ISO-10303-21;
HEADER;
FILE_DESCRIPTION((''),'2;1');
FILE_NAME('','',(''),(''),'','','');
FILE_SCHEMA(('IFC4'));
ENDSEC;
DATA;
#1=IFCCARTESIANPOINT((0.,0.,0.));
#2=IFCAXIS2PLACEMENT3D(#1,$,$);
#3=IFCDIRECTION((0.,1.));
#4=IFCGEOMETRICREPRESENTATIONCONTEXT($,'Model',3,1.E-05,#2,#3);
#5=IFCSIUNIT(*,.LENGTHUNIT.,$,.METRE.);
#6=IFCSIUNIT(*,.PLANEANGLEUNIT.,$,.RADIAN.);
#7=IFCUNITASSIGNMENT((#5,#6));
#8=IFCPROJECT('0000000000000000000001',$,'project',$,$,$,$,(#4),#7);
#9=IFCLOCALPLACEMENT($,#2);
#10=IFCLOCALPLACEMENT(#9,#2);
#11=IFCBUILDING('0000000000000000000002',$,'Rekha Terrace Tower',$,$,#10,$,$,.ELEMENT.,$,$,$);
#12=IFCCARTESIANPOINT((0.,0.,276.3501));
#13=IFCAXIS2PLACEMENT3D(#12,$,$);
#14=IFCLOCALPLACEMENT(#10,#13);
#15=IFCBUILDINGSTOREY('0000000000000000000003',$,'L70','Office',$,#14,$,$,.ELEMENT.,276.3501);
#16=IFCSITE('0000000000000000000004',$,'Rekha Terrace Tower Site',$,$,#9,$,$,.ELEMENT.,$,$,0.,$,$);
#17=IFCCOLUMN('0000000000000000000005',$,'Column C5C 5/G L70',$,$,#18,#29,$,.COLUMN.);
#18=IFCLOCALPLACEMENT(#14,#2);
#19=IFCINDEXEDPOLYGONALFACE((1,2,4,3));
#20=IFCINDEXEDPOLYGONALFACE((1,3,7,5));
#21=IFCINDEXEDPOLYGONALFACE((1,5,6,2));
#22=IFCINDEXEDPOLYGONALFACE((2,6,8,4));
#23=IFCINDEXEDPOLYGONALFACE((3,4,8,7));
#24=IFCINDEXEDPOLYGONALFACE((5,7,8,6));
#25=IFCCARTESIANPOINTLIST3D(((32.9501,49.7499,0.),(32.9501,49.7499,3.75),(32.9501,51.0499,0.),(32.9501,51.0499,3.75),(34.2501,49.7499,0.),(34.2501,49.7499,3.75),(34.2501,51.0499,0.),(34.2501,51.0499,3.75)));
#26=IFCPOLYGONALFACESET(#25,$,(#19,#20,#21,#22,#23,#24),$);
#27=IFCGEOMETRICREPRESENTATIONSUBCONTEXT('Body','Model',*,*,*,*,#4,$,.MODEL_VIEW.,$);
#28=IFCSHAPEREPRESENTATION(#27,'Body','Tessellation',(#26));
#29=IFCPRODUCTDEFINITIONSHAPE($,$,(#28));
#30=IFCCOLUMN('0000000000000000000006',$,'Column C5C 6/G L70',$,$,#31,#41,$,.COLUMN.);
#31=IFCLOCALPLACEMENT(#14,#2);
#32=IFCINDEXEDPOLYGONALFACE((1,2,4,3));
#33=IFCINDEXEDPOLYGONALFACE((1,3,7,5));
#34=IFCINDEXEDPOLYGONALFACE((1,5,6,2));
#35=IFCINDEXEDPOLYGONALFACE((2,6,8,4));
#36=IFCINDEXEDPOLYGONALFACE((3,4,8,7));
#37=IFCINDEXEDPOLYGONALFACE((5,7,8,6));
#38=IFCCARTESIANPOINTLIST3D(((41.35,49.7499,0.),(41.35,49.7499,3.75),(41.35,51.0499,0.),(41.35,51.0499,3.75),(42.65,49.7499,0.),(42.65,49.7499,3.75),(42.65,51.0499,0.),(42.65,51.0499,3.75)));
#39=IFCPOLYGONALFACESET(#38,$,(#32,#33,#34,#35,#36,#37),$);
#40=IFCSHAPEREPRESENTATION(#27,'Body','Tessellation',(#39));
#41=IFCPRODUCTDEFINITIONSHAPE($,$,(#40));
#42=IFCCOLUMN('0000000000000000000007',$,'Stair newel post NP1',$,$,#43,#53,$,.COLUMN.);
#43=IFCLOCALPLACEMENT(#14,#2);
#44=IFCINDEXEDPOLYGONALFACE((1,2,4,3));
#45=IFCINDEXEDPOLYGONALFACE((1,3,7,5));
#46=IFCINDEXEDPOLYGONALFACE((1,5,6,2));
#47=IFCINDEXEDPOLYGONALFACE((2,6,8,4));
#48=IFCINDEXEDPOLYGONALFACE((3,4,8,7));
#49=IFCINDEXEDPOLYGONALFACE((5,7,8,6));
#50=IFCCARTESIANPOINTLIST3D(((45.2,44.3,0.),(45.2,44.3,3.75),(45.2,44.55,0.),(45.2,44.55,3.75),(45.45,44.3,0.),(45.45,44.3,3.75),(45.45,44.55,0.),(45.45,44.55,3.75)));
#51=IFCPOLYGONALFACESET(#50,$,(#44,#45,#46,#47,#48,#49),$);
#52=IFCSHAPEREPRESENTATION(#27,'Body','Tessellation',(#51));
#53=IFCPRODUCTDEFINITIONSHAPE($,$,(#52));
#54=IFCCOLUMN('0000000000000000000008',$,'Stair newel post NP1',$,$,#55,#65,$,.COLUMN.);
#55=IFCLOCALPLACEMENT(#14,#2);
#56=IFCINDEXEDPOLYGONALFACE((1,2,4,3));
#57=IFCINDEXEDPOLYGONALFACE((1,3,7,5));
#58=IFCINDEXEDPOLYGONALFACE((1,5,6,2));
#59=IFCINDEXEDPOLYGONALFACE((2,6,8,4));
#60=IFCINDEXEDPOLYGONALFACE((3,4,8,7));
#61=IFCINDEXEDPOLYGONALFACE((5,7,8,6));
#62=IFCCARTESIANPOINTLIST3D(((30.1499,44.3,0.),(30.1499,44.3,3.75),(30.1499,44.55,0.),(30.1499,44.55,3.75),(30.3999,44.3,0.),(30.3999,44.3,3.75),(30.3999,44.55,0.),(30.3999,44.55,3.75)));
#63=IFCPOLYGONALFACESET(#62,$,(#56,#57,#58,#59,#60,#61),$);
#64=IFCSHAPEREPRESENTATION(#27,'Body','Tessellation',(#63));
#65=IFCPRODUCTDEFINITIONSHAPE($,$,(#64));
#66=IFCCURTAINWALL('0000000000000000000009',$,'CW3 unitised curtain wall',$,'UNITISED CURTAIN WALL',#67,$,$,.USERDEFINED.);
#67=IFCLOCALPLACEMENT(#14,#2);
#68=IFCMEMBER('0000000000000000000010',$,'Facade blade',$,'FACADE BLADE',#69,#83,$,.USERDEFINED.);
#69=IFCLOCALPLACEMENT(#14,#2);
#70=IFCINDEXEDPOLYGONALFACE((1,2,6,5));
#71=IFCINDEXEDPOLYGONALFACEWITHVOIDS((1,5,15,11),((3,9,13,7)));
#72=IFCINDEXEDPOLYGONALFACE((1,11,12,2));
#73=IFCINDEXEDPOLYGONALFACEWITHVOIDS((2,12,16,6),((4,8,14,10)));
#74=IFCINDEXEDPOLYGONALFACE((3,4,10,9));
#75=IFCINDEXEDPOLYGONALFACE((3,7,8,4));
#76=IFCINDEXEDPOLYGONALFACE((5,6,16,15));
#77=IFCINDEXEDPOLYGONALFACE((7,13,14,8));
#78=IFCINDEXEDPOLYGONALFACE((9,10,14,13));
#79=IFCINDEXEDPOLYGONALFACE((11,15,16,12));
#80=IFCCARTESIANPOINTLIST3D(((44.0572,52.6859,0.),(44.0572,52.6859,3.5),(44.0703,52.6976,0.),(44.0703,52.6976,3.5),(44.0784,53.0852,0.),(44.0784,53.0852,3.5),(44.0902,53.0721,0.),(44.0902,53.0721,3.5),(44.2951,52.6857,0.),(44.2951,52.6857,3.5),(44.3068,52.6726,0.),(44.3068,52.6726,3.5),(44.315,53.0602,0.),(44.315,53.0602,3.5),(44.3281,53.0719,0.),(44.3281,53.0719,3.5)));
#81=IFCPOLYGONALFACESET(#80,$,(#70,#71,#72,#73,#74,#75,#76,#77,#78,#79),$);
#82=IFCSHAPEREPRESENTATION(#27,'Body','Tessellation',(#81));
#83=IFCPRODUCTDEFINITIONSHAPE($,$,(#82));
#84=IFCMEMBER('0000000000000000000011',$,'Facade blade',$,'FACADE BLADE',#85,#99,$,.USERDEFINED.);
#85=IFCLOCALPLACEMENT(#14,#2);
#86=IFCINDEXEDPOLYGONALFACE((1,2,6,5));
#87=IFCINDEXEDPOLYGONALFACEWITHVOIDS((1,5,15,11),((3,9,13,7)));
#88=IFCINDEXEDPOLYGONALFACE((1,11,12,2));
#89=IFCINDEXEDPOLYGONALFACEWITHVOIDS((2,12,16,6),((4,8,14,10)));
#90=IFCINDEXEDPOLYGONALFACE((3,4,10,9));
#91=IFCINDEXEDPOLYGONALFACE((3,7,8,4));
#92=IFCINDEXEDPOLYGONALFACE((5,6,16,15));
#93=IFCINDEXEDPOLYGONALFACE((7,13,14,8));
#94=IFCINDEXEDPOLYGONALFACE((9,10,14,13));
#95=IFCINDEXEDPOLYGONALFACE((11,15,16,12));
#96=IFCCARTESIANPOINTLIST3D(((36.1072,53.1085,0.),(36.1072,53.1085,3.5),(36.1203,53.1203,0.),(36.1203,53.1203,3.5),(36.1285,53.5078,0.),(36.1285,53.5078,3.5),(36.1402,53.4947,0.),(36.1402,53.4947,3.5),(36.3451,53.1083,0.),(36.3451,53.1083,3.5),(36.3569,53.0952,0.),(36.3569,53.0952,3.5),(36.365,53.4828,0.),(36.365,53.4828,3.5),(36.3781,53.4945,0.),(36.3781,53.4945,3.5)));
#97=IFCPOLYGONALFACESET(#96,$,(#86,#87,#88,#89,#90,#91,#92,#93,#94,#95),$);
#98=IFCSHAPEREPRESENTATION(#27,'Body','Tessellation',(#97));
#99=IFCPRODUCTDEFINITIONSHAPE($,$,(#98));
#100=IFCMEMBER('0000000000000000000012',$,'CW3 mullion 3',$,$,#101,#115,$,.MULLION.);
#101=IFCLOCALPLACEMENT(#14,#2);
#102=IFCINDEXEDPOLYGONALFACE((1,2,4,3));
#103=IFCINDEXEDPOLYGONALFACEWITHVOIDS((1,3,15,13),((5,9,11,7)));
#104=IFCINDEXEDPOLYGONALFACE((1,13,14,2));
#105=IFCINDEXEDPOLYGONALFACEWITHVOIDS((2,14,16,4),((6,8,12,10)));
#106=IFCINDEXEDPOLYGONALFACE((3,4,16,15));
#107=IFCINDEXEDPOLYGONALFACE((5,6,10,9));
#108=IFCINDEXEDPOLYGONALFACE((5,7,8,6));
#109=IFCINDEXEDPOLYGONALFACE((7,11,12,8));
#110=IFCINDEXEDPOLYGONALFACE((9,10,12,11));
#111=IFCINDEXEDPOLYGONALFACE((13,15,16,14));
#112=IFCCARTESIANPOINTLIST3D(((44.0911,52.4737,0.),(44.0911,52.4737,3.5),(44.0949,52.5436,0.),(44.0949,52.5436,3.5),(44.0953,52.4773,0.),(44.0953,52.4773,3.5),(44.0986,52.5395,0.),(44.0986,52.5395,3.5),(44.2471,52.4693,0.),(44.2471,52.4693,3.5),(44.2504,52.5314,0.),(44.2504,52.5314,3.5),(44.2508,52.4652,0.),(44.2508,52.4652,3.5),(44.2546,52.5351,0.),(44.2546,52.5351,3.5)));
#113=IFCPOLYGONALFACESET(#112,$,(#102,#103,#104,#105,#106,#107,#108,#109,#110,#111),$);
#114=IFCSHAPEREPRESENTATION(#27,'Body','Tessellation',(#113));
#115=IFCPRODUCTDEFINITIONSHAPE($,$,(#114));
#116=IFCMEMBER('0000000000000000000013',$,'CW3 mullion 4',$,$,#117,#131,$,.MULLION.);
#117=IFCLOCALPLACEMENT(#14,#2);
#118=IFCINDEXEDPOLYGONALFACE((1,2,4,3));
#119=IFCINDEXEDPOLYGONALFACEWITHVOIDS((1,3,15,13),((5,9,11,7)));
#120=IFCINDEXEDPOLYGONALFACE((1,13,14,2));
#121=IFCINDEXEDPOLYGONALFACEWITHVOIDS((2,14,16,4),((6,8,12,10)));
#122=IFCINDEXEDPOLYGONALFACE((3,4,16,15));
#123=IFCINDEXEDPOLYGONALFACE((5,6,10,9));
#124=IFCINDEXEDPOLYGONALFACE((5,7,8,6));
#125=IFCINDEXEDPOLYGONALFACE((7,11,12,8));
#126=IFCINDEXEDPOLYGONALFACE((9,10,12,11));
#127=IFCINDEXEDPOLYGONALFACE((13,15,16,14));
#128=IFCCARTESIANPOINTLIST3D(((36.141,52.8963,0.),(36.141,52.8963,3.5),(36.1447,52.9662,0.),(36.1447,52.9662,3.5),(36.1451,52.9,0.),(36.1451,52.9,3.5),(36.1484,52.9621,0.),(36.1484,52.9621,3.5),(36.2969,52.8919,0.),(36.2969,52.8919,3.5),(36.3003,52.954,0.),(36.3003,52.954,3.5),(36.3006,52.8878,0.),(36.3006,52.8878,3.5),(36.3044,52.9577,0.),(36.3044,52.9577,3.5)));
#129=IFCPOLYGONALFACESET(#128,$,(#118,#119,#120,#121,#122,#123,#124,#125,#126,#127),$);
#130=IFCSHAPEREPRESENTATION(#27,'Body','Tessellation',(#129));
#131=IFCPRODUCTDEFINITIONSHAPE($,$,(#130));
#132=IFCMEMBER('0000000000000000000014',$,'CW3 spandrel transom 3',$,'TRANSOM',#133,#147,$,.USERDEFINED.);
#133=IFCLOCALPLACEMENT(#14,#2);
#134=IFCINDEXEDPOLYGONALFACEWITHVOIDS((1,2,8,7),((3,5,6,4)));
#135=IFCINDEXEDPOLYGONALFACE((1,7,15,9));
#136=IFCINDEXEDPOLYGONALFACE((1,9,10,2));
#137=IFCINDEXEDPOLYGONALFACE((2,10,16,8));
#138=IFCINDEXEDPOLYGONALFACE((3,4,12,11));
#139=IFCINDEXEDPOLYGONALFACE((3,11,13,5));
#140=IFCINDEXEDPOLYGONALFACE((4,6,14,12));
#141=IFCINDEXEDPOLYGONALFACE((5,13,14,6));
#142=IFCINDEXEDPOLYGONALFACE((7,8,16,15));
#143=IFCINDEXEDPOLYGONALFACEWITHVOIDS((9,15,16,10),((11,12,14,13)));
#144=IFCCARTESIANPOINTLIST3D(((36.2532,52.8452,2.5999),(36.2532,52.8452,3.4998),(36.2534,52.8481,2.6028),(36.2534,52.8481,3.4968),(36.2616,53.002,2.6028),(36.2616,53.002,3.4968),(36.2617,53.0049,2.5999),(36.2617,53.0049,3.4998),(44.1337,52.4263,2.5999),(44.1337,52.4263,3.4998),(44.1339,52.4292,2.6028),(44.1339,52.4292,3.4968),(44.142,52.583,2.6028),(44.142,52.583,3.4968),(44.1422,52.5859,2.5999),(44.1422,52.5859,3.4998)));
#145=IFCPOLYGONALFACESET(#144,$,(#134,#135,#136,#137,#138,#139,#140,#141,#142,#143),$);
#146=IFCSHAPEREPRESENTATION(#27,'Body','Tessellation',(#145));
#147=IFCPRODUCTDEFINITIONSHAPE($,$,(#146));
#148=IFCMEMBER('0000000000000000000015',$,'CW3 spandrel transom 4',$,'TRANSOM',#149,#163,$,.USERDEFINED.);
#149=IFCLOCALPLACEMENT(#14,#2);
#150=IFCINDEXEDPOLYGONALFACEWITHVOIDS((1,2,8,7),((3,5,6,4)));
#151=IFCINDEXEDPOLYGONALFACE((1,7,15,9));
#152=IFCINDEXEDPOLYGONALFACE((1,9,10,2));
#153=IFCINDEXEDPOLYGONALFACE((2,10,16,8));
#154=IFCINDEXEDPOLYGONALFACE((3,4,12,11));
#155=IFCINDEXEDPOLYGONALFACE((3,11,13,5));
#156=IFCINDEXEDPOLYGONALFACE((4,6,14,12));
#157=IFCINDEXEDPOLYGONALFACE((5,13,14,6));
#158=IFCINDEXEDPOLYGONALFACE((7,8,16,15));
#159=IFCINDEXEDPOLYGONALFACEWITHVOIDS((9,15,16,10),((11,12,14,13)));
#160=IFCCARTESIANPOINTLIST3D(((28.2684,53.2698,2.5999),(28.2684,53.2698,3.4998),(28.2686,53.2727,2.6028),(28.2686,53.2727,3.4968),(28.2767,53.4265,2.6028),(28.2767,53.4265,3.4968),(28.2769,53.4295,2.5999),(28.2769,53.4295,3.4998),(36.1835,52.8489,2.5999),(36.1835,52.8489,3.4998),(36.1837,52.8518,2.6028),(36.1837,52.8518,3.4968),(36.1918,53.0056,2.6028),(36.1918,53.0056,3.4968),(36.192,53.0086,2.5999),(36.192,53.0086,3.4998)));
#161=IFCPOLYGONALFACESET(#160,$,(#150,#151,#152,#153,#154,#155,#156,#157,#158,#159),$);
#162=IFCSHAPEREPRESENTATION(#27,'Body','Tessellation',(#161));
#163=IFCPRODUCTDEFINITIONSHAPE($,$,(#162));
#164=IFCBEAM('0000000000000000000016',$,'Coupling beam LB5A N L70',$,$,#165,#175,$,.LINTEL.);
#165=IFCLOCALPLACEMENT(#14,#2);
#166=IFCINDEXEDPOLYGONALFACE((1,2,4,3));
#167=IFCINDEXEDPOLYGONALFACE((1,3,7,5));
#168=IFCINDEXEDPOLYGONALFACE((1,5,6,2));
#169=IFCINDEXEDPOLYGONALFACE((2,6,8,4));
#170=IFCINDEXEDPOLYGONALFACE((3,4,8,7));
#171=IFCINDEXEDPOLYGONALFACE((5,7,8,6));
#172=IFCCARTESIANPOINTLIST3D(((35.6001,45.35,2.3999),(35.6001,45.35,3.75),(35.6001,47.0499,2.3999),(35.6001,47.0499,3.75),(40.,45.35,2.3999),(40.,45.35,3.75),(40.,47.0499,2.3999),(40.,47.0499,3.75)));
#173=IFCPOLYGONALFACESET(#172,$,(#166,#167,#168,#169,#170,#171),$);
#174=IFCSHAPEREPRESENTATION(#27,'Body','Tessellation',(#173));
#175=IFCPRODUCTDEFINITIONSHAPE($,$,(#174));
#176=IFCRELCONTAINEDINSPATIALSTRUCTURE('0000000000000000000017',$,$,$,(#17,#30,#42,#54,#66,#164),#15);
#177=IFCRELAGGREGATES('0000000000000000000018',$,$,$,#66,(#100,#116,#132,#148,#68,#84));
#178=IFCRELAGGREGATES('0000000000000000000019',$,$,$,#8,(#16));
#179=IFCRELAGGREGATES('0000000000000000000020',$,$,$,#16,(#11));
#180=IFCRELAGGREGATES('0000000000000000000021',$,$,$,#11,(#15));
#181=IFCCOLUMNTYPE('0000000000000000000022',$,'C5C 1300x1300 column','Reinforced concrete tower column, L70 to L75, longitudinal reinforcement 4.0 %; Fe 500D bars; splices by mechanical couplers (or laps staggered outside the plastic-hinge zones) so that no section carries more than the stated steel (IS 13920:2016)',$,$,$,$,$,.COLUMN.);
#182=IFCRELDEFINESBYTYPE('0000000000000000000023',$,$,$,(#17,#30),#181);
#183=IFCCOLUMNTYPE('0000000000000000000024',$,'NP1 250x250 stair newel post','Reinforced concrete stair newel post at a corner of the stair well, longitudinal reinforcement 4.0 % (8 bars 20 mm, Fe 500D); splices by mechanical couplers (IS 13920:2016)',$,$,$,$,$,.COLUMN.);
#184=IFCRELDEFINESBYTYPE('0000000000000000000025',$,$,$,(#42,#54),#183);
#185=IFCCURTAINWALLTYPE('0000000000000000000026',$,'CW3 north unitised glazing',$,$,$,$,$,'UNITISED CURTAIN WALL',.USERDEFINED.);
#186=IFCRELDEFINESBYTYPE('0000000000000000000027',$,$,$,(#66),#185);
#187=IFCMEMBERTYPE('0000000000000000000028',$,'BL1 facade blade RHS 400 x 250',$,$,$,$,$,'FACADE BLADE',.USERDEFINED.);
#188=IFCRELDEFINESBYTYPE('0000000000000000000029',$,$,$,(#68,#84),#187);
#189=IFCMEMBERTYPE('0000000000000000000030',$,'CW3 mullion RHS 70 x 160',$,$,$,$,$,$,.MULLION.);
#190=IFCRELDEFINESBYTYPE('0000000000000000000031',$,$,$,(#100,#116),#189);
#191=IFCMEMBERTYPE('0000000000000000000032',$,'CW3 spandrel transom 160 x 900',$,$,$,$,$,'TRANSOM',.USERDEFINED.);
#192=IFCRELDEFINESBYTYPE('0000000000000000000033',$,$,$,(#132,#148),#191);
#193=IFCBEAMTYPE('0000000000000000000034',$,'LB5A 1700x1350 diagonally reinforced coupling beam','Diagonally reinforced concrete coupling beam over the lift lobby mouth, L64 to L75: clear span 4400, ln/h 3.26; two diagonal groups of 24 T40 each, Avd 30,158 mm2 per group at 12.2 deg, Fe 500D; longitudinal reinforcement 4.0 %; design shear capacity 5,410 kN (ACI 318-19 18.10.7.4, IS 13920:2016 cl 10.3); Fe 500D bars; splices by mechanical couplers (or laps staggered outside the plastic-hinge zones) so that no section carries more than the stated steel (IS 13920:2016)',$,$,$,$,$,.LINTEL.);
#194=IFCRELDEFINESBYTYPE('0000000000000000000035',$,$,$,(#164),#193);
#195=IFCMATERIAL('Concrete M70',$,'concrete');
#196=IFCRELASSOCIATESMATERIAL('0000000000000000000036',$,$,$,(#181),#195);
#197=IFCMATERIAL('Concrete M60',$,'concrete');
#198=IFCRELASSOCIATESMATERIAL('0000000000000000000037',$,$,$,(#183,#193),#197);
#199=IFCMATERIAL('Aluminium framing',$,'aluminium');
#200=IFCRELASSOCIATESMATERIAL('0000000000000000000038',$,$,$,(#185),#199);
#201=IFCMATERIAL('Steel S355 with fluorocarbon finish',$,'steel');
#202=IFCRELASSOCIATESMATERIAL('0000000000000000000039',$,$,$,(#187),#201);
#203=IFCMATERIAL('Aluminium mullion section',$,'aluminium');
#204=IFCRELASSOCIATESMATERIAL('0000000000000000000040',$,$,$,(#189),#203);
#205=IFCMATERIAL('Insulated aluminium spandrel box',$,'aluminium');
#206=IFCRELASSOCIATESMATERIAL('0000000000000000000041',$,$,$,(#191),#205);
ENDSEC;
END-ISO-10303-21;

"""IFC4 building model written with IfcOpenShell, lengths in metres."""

from ifc_helpers import new_model, si_unit, direction, frame, origin, origin_2d, place, context, subcontext, project, spatial, rectangle, hollow_rectangle, extrude, material, material_profile, profile_set, type_object, element, aggregate, save


model = new_model("IFC4")

# Units and contexts
model_context = context("Model", 3, precision=1e-05, world=origin(), true_north=direction((0.0, 1.0)))
body_context = subcontext(model_context, "Body", "Model", "MODEL_VIEW")
ifc_project = project(units=[si_unit("LENGTHUNIT", "METRE"), si_unit("PLANEANGLEUNIT", "RADIAN")], contexts=[model_context])

# Site, building, storey
site_placement = place(None, origin())
site = spatial("IfcSite", under=ifc_project, at=site_placement, Name="Rekha Terrace Tower Site", CompositionType="ELEMENT", RefElevation=0.0)
building_placement = place(site_placement, origin())
building = spatial("IfcBuilding", under=site, at=building_placement, Name="Rekha Terrace Tower", CompositionType="ELEMENT")
storey_placement = place(building_placement, frame((0.0, 0.0, 276.3501)))
storey = spatial("IfcBuildingStorey", under=building, at=storey_placement, Name="L70", Description="Office", CompositionType="ELEMENT", Elevation=276.3501)

# Columns
ifc_material_1 = material(Name="Concrete M70", Category="concrete")
ifc_material_profile_1 = material_profile(ifc_material_1, rectangle(XDim=1.3, YDim=1.3, at=origin_2d()), Name="RC 1300x1300")
ifc_profile_set_1 = profile_set([ifc_material_profile_1], Name="Concrete M70")
column_type_1 = type_object("IfcColumnType", Name="C5C 1300x1300 column", Description="Reinforced concrete tower column, L70 to L75, longitudinal reinforcement 4.0 %; Fe 500D bars; splices by mechanical couplers (or laps staggered outside the plastic-hinge zones) so that no section carries more than the stated steel (IS 13920:2016)", PredefinedType="COLUMN", material=ifc_profile_set_1)
for number, where, z_axis, x_axis, name in (
    (1, (33.6001, 50.3999, 0.0), (0.0, 0.0, 1.0), (1.0, 0.0, 0.0), "Column C5C 5/G L70"),
    (2, (42.0, 50.3999, 0.0), (0.0, 0.0, 1.0), (1.0, 0.0, 0.0), "Column C5C 6/G L70"),
):
    element("IfcColumn", number, at=place(storey_placement, frame(where, z_axis=z_axis, x_axis=x_axis)), inside=storey, type_object=column_type_1, Name=name, PredefinedType="COLUMN", context=body_context, shape_type="SweptSolid", body=[
        extrude(rectangle(XDim=1.3, YDim=1.3, at=origin_2d()), origin(), (0.0, 0.0, 1.0), 3.75),
    ])
ifc_material_2 = material(Name="Concrete M60", Category="concrete")
ifc_material_profile_2 = material_profile(ifc_material_2, rectangle(XDim=0.25, YDim=0.25, at=origin_2d()), Name="RC 250x250")
ifc_profile_set_2 = profile_set([ifc_material_profile_2], Name="Concrete M60")
column_type_2 = type_object("IfcColumnType", Name="NP1 250x250 stair newel post", Description="Reinforced concrete stair newel post at a corner of the stair well, longitudinal reinforcement 4.0 % (8 bars 20 mm, Fe 500D); splices by mechanical couplers (IS 13920:2016)", PredefinedType="COLUMN", material=ifc_profile_set_2)
for number, where, z_axis, x_axis, name in (
    (3, (45.325, 44.425, 0.0), (0.0, 0.0, 1.0), (1.0, 0.0, 0.0), "Stair newel post NP1"),
    (4, (30.2749, 44.425, 0.0), (0.0, 0.0, 1.0), (1.0, 0.0, 0.0), "Stair newel post NP1"),
):
    element("IfcColumn", number, at=place(storey_placement, frame(where, z_axis=z_axis, x_axis=x_axis)), inside=storey, type_object=column_type_2, Name=name, PredefinedType="COLUMN", context=body_context, shape_type="SweptSolid", body=[
        extrude(rectangle(XDim=0.25, YDim=0.25, at=origin_2d()), origin(), (0.0, 0.0, 1.0), 3.75),
    ])

# Curtain wall, members
ifc_material_3 = material(Name="Aluminium framing", Category="aluminium")
curtain_wall_type = type_object("IfcCurtainWallType", Name="CW3 north unitised glazing", ElementType="UNITISED CURTAIN WALL", PredefinedType="USERDEFINED", material=ifc_material_3)
curtain_wall_placement = place(storey_placement, origin())
curtain_wall = element("IfcCurtainWall", 5, at=curtain_wall_placement, inside=storey, type_object=curtain_wall_type, Name="CW3 unitised curtain wall", ObjectType="UNITISED CURTAIN WALL", PredefinedType="USERDEFINED")
ifc_material_4 = material(Name="Steel S355 with fluorocarbon finish", Category="steel")
ifc_material_profile_3 = material_profile(ifc_material_4, hollow_rectangle(XDim=0.25, YDim=0.3999, WallThickness=0.0125, at=origin_2d()), Name="RHS400x250x12.5")
ifc_profile_set_3 = profile_set([ifc_material_profile_3], Name="Steel S355 with fluorocarbon finish")
member_type_1 = type_object("IfcMemberType", Name="BL1 facade blade RHS 400 x 250", ElementType="FACADE BLADE", PredefinedType="USERDEFINED", material=ifc_profile_set_3)
member_1_placement = place(storey_placement, frame((44.1926, 52.8789, 0.0), z_axis=(0.0, 0.0, 1.0), x_axis=(-0.99859, 0.053084, 0.0)))
member_1 = element("IfcMember", 6, at=member_1_placement, type_object=member_type_1, Name="Facade blade", ObjectType="FACADE BLADE", PredefinedType="USERDEFINED", context=body_context, shape_type="SweptSolid", body=[
    extrude(hollow_rectangle(XDim=0.25, YDim=0.3999, WallThickness=0.0125, at=origin_2d()), origin(), (0.0, 0.0, 1.0), 3.5),
])
member_2_placement = place(storey_placement, frame((36.2427, 53.3015, 0.0), z_axis=(0.0, 0.0, 1.0), x_axis=(-0.99859, 0.053084, 0.0)))
member_2 = element("IfcMember", 7, at=member_2_placement, type_object=member_type_1, Name="Facade blade", ObjectType="FACADE BLADE", PredefinedType="USERDEFINED", context=body_context, shape_type="SweptSolid", body=[
    extrude(hollow_rectangle(XDim=0.25, YDim=0.3999, WallThickness=0.0125, at=origin_2d()), origin(), (0.0, 0.0, 1.0), 3.5),
])
ifc_material_5 = material(Name="Aluminium mullion section", Category="aluminium")
ifc_material_profile_4 = material_profile(ifc_material_5, hollow_rectangle(XDim=0.0701, YDim=0.1599, WallThickness=0.0039, at=origin_2d()), Name="AL RHS 70x160")
ifc_profile_set_4 = profile_set([ifc_material_profile_4], Name="Aluminium mullion section")
member_type_2 = type_object("IfcMemberType", Name="CW3 mullion RHS 70 x 160", PredefinedType="MULLION", material=ifc_profile_set_4)
member_3_placement = place(storey_placement, frame((44.1729, 52.5044, 0.0), z_axis=(0.0, 0.0, 1.0), x_axis=(-0.053083, -0.99859, 0.0)))
member_3 = element("IfcMember", 8, at=member_3_placement, type_object=member_type_2, Name="CW3 mullion 3", PredefinedType="MULLION", context=body_context, shape_type="SweptSolid", body=[
    extrude(hollow_rectangle(XDim=0.0701, YDim=0.1599, WallThickness=0.0039, at=origin_2d()), origin(), (0.0, 0.0, 1.0), 3.5),
])
member_4_placement = place(storey_placement, frame((36.2227, 52.927, 0.0), z_axis=(0.0, 0.0, 1.0), x_axis=(-0.053083, -0.99859, 0.0)))
member_4 = element("IfcMember", 9, at=member_4_placement, type_object=member_type_2, Name="CW3 mullion 4", PredefinedType="MULLION", context=body_context, shape_type="SweptSolid", body=[
    extrude(hollow_rectangle(XDim=0.0701, YDim=0.1599, WallThickness=0.0039, at=origin_2d()), origin(), (0.0, 0.0, 1.0), 3.5),
])
ifc_material_6 = material(Name="Insulated aluminium spandrel box", Category="aluminium")
ifc_material_profile_5 = material_profile(ifc_material_6, hollow_rectangle(XDim=0.1599, YDim=0.8999, WallThickness=0.0029, at=origin_2d()), Name="AL SPANDREL BOX 160x900")
ifc_profile_set_5 = profile_set([ifc_material_profile_5], Name="Insulated aluminium spandrel box")
member_type_3 = type_object("IfcMemberType", Name="CW3 spandrel transom 160 x 900", ElementType="TRANSOM", PredefinedType="USERDEFINED", material=ifc_profile_set_5)
member_5_placement = place(storey_placement, frame((44.1379, 52.5061, 3.0498), z_axis=(-0.99859, 0.053088, 0.0), x_axis=(-0.053088, -0.99859, 0.0)))
member_5 = element("IfcMember", 10, at=member_5_placement, type_object=member_type_3, Name="CW3 spandrel transom 3", ObjectType="TRANSOM", PredefinedType="USERDEFINED", context=body_context, shape_type="SweptSolid", body=[
    extrude(hollow_rectangle(XDim=0.1599, YDim=0.8999, WallThickness=0.0029, at=origin_2d()), origin(), (0.0, 0.0, 1.0), 7.8916),
])
member_6_placement = place(storey_placement, frame((36.1877, 52.9287, 3.0498), z_axis=(-0.998589, 0.053102, 0.0), x_axis=(-0.053102, -0.998589, 0.0)))
member_6 = element("IfcMember", 11, at=member_6_placement, type_object=member_type_3, Name="CW3 spandrel transom 4", ObjectType="TRANSOM", PredefinedType="USERDEFINED", context=body_context, shape_type="SweptSolid", body=[
    extrude(hollow_rectangle(XDim=0.1599, YDim=0.8999, WallThickness=0.0029, at=origin_2d()), origin(), (0.0, 0.0, 1.0), 7.9263),
])

# Beam
ifc_material_profile_6 = material_profile(ifc_material_2, rectangle(XDim=1.7, YDim=1.3501, at=origin_2d()), Name="RC 1700x1350")
ifc_profile_set_6 = profile_set([ifc_material_profile_6], Name="Concrete M60")
beam_type = type_object("IfcBeamType", Name="LB5A 1700x1350 diagonally reinforced coupling beam", Description="Diagonally reinforced concrete coupling beam over the lift lobby mouth, L64 to L75: clear span 4400, ln/h 3.26; two diagonal groups of 24 T40 each, Avd 30,158 mm2 per group at 12.2 deg, Fe 500D; longitudinal reinforcement 4.0 %; design shear capacity 5,410 kN (ACI 318-19 18.10.7.4, IS 13920:2016 cl 10.3); Fe 500D bars; splices by mechanical couplers (or laps staggered outside the plastic-hinge zones) so that no section carries more than the stated steel (IS 13920:2016)", PredefinedType="LINTEL", material=ifc_profile_set_6)
beam_placement = place(storey_placement, frame((35.6001, 46.2, 3.075), z_axis=(1.0, 0.0, 0.0), x_axis=(0.0, 1.0, 0.0)))
element("IfcBeam", 12, at=beam_placement, inside=storey, type_object=beam_type, Name="Coupling beam LB5A N L70", PredefinedType="LINTEL", context=body_context, shape_type="SweptSolid", body=[
    extrude(rectangle(XDim=1.7, YDim=1.3501, at=origin_2d()), origin(), (0.0, 0.0, 1.0), 4.3999),
])

aggregate(curtain_wall, [member_3, member_4, member_5, member_6, member_1, member_2])

save(model, "model.ifc")
